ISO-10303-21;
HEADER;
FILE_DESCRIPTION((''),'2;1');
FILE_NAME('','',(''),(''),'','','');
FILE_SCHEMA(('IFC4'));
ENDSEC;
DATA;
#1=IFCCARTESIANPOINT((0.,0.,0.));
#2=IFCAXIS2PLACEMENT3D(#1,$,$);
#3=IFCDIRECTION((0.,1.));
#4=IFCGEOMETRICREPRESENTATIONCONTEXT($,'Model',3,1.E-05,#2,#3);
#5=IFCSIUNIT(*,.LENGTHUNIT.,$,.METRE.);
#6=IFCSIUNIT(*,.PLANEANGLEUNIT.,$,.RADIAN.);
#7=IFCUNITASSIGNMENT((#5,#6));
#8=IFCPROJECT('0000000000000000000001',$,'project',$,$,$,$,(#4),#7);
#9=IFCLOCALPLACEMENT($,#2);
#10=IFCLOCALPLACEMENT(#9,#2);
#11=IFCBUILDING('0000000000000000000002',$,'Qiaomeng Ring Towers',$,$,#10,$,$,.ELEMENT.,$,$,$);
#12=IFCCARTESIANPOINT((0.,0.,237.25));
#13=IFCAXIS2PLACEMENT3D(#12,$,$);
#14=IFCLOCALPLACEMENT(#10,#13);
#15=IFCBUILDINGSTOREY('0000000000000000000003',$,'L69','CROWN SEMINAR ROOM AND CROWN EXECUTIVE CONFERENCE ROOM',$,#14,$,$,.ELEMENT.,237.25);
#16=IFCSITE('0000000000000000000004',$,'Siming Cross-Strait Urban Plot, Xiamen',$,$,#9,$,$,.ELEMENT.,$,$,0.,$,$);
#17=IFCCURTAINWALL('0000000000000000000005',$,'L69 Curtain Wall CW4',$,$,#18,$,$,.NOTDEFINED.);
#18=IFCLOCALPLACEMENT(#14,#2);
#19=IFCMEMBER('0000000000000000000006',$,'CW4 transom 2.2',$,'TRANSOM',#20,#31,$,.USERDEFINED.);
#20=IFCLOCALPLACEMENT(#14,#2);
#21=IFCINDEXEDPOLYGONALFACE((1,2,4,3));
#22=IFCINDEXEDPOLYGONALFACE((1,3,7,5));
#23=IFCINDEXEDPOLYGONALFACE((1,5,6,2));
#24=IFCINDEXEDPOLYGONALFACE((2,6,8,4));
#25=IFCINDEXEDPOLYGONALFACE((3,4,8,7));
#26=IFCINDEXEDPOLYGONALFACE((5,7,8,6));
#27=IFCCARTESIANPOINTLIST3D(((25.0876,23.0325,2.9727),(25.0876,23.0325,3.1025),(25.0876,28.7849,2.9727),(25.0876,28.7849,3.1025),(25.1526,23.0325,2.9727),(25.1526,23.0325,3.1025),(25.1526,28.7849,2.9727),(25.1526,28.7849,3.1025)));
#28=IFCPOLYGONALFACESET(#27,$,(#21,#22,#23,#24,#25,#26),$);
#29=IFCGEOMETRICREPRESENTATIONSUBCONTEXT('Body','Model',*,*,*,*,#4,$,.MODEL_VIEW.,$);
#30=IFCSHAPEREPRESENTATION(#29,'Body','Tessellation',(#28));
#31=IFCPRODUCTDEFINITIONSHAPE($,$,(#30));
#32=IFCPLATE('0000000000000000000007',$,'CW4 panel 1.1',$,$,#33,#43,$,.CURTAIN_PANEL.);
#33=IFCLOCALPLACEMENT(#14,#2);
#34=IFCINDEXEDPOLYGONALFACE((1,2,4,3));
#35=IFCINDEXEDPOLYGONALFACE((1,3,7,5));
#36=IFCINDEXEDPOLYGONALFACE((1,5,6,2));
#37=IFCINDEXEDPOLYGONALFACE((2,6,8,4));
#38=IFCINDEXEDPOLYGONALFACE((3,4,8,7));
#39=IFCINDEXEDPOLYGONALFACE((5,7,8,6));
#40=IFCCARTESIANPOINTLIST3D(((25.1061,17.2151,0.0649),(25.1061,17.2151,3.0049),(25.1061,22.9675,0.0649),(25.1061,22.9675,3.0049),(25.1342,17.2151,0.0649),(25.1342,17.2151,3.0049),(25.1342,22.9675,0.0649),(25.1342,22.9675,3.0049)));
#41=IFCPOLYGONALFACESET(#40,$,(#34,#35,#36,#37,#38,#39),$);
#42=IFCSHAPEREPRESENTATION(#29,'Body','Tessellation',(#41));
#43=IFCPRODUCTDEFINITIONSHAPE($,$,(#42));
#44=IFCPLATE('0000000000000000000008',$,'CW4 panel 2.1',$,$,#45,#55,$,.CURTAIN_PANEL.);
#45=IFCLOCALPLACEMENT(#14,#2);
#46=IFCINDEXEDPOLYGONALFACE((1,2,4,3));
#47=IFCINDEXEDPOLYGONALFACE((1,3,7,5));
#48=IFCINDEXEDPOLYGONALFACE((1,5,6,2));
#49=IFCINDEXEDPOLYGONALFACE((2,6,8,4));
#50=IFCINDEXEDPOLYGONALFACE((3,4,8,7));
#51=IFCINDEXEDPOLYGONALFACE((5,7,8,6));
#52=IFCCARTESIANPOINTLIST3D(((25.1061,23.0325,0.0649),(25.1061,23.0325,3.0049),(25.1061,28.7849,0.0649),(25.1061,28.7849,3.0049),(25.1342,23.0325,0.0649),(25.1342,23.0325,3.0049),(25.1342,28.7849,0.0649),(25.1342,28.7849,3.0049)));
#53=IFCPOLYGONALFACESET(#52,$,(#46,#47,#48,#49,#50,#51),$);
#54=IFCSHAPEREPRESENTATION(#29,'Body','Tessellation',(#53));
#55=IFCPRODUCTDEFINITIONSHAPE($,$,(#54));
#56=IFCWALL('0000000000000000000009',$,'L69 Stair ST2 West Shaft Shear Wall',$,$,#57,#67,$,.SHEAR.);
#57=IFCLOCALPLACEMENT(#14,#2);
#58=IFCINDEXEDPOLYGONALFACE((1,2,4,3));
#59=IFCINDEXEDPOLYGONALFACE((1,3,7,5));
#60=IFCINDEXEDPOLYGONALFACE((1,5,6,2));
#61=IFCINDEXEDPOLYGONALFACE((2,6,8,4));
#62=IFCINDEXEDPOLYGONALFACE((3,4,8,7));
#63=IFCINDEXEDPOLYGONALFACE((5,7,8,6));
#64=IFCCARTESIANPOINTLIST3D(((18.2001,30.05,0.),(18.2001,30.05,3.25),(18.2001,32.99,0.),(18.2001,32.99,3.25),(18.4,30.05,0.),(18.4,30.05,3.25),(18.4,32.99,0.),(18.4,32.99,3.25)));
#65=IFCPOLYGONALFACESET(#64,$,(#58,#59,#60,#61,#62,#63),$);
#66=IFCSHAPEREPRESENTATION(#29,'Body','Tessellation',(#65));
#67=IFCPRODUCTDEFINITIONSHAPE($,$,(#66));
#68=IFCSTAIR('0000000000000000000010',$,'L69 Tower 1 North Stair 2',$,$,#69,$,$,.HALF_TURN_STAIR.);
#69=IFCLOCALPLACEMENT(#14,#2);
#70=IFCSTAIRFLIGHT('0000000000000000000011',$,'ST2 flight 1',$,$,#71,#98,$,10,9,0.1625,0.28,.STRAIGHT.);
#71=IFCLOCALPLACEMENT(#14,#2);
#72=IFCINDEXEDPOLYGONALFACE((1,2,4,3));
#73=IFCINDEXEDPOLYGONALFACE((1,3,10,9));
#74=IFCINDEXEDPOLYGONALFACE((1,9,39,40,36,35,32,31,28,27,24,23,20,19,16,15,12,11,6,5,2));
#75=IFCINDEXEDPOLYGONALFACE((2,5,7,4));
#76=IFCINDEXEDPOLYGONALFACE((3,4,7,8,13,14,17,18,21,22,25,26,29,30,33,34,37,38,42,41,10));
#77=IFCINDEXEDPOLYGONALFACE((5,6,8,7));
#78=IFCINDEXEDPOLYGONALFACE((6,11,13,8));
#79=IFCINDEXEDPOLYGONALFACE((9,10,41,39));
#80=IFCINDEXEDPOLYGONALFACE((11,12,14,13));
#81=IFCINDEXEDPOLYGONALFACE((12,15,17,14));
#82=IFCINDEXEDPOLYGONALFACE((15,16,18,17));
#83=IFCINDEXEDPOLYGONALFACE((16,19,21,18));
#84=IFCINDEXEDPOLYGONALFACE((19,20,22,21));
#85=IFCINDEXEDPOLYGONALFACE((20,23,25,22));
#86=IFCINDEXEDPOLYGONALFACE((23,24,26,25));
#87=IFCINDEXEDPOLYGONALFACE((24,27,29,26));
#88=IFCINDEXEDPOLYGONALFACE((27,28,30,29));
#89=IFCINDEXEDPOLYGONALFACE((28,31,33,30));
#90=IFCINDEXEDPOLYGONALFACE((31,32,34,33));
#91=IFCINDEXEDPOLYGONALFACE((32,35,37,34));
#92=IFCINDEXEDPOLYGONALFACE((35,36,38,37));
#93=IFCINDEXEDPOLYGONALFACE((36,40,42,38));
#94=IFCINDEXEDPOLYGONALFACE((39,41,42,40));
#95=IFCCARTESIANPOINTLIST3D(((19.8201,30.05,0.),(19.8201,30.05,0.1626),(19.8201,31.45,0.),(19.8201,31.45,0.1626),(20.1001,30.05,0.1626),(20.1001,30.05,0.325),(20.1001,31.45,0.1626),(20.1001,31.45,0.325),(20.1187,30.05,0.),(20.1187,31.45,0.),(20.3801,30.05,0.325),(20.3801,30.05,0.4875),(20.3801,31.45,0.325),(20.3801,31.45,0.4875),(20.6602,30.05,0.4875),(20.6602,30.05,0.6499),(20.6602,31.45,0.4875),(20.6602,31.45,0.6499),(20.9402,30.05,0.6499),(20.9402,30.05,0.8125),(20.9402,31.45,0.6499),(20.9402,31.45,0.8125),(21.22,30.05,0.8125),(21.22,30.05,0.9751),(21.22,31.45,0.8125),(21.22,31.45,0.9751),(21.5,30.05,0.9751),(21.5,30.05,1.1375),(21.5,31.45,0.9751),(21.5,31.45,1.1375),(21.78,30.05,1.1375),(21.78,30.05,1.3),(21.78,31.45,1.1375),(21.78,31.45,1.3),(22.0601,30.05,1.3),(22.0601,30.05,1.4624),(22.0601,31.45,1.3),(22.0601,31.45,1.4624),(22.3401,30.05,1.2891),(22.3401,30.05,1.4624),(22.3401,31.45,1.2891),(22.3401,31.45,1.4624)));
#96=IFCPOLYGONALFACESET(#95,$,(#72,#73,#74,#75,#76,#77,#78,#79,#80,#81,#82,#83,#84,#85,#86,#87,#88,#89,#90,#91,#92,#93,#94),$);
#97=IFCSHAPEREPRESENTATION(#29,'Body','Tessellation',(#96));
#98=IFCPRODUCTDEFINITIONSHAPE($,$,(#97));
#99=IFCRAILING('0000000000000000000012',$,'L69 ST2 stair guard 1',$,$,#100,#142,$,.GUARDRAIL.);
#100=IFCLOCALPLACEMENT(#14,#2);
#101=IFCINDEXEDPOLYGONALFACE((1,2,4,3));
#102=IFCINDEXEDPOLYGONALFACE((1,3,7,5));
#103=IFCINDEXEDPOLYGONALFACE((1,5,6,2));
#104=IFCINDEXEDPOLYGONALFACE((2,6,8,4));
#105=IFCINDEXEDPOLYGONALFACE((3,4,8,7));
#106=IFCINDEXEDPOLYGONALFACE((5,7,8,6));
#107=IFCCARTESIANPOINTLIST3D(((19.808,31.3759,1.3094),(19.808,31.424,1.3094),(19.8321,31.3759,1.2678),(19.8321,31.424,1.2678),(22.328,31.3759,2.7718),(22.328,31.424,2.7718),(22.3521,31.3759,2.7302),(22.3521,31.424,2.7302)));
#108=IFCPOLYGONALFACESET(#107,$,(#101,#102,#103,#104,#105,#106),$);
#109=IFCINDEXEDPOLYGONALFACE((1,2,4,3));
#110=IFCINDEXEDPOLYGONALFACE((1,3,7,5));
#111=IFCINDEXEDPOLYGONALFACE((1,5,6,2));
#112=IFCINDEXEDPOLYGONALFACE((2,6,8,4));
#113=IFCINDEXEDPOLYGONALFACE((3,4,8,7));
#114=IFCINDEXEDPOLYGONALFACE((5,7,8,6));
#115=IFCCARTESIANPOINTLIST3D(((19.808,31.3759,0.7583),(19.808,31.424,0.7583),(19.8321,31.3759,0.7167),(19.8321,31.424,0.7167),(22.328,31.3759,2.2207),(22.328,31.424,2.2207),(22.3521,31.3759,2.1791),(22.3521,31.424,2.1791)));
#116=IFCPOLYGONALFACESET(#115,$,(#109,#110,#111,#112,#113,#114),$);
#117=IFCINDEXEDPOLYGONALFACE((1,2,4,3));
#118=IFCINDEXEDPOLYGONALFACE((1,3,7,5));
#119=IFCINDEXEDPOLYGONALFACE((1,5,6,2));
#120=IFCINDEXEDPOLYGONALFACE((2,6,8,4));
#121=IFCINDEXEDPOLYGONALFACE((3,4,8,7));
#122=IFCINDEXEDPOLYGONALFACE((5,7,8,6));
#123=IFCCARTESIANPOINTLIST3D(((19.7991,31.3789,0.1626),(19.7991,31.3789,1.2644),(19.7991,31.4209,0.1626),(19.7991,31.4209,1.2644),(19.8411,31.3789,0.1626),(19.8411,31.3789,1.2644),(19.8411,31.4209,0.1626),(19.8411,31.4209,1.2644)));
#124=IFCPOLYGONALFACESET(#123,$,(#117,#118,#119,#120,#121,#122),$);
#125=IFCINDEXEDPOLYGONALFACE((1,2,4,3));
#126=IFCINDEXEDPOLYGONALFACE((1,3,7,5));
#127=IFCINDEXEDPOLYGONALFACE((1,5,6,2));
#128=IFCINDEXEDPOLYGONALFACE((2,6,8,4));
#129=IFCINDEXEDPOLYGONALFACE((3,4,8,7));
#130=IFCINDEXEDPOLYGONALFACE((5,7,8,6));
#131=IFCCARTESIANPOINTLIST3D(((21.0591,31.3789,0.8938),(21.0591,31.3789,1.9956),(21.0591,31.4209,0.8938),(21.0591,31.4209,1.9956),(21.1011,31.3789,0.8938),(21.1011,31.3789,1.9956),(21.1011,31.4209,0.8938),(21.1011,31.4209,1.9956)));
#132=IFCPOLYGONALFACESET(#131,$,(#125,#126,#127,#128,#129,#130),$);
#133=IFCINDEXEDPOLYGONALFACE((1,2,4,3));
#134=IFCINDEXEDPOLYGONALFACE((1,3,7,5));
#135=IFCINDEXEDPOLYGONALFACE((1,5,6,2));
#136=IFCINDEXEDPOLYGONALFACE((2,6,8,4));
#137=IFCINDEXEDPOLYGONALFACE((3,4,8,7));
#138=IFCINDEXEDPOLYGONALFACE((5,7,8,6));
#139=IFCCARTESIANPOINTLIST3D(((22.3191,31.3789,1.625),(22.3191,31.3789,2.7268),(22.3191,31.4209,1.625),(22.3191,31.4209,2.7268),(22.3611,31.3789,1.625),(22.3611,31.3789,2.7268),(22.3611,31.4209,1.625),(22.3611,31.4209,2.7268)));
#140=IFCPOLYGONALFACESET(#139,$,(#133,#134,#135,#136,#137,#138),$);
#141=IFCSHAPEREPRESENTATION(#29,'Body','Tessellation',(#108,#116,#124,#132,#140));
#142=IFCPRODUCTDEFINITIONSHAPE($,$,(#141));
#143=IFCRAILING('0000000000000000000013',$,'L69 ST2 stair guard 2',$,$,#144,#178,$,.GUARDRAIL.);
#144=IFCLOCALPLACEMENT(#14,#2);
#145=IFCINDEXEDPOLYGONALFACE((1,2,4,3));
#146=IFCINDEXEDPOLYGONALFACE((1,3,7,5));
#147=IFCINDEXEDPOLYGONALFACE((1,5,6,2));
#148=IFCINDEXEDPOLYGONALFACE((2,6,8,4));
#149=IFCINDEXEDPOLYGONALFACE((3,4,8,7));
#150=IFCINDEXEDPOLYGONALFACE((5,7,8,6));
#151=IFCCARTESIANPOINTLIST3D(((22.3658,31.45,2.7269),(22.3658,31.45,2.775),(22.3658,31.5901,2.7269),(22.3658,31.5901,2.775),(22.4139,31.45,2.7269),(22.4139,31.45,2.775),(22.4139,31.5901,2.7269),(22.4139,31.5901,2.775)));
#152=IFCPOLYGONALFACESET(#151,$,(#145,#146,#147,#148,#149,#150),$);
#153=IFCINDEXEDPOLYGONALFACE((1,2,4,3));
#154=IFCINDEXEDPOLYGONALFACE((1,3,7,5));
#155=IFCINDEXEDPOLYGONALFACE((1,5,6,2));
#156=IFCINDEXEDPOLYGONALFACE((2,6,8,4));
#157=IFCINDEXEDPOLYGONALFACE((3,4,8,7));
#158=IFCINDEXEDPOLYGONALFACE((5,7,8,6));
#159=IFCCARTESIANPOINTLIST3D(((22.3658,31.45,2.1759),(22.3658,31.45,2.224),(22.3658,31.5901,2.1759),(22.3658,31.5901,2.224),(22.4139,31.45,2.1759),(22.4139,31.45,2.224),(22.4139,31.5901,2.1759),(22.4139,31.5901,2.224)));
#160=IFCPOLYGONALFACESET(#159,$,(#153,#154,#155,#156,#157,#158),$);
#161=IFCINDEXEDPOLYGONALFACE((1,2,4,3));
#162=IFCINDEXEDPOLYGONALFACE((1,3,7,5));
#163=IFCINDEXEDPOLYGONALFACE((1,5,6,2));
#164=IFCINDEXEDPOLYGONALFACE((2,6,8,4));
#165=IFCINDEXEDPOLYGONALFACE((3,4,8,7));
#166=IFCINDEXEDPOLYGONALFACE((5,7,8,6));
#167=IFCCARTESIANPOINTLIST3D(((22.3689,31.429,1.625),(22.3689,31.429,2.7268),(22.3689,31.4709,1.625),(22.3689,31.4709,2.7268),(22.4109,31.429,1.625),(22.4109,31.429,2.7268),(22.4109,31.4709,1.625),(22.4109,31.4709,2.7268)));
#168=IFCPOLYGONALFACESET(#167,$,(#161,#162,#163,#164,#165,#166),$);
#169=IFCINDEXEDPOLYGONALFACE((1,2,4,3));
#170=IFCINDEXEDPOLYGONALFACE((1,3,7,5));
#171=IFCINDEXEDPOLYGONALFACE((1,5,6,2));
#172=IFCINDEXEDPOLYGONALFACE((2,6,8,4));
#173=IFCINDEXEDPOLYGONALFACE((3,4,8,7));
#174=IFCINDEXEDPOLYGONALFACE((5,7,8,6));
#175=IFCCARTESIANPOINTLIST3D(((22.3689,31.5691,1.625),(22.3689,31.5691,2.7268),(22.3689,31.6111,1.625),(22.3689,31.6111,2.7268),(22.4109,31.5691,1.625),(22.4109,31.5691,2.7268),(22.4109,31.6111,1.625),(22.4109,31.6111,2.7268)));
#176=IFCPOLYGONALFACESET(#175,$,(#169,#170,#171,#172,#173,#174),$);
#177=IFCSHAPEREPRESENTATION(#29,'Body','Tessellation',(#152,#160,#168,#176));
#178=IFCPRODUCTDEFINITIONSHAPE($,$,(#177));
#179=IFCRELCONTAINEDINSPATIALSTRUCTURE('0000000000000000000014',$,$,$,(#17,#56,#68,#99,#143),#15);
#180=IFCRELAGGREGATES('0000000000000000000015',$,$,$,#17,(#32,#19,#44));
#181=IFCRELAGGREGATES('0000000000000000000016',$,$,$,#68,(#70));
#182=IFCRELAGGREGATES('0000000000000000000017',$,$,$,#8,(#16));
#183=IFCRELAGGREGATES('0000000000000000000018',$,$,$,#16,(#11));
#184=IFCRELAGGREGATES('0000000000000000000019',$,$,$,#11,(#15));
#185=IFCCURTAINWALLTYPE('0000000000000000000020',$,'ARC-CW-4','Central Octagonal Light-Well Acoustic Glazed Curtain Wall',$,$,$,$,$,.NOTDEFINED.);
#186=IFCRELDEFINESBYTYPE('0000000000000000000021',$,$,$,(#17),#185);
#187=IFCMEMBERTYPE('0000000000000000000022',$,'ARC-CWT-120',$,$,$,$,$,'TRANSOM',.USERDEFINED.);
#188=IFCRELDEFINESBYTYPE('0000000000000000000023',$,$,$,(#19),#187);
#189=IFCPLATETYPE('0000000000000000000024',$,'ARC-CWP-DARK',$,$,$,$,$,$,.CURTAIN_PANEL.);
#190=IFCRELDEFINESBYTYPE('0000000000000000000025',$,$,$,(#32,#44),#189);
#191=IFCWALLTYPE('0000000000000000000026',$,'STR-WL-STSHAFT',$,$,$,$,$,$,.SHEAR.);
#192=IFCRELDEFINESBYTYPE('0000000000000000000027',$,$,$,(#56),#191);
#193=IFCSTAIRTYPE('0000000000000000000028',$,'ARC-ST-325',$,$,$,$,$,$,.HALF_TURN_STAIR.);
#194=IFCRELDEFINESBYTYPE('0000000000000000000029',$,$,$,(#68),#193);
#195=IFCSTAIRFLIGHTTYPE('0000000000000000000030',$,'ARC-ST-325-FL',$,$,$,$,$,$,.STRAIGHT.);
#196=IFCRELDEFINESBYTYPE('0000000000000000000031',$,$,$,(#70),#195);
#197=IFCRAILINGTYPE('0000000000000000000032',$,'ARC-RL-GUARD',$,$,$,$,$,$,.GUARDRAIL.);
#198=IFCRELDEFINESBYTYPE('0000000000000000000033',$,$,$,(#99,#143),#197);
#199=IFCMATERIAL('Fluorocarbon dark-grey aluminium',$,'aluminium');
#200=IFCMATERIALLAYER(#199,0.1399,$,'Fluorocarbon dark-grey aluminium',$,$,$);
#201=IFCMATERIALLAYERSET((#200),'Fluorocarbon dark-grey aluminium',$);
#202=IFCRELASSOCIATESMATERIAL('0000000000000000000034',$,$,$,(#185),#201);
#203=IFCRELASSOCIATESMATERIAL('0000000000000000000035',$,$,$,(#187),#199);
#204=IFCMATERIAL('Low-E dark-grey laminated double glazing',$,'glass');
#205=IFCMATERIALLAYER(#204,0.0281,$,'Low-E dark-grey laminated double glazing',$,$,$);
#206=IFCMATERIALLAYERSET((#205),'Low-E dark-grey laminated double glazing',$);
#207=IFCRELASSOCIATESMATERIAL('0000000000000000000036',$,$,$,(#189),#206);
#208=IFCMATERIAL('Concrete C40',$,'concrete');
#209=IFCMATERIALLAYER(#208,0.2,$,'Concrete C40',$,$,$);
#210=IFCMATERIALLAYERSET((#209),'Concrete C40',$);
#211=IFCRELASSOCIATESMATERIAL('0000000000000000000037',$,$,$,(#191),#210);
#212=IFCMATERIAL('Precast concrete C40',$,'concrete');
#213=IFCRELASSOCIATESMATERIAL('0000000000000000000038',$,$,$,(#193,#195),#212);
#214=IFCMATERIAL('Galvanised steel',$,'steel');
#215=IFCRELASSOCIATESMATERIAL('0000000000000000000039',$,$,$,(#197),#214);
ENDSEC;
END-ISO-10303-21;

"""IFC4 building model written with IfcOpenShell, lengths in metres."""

from ifc_helpers import new_model, si_unit, direction, frame, frame_2d, origin, origin_2d, place, context, subcontext, project, spatial, polyline, rectangle, outline, extrude, source, transform, mapped, material, layer, layer_set, material_profile, profile_set, type_object, element, aggregate, save


model = new_model("IFC4")

# Units and contexts
model_context = context("Model", 3, precision=1e-05, world=origin(), true_north=direction((0.0, 1.0)))
body_context = subcontext(model_context, "Body", "Model", "MODEL_VIEW")
ifc_project = project(units=[si_unit("LENGTHUNIT", "METRE"), si_unit("PLANEANGLEUNIT", "RADIAN")], contexts=[model_context])

# Site, building, storey
site_placement = place(None, origin())
site = spatial("IfcSite", under=ifc_project, at=site_placement, Name="Siming Cross-Strait Urban Plot, Xiamen", CompositionType="ELEMENT", RefElevation=0.0)
building_placement = place(site_placement, origin())
building = spatial("IfcBuilding", under=site, at=building_placement, Name="Qiaomeng Ring Towers", CompositionType="ELEMENT")
storey_placement = place(building_placement, frame((0.0, 0.0, 237.25)))
storey = spatial("IfcBuildingStorey", under=building, at=storey_placement, Name="L69", Description="CROWN SEMINAR ROOM AND CROWN EXECUTIVE CONFERENCE ROOM", CompositionType="ELEMENT", Elevation=237.25)

# Curtain wall, member, plates
ifc_material_1 = material(Name="Fluorocarbon dark-grey aluminium", Category="aluminium")
ifc_layer_1 = layer(ifc_material_1, 0.1399, Name="Fluorocarbon dark-grey aluminium")
ifc_layer_set_1 = layer_set([ifc_layer_1], Name="Fluorocarbon dark-grey aluminium")
curtain_wall_type = type_object("IfcCurtainWallType", Name="ARC-CW-4", Description="Central Octagonal Light-Well Acoustic Glazed Curtain Wall", PredefinedType="NOTDEFINED", material=ifc_layer_set_1)
curtain_wall_placement = place(storey_placement, origin())
curtain_wall = element("IfcCurtainWall", 1, at=curtain_wall_placement, inside=storey, type_object=curtain_wall_type, Name="L69 Curtain Wall CW4", PredefinedType="NOTDEFINED")
ifc_material_profile_1 = material_profile(ifc_material_1, rectangle(XDim=0.0649, YDim=0.1299, at=origin_2d()), Name="ALU TRAN 65x130")
ifc_profile_set_1 = profile_set([ifc_material_profile_1], Name="Fluorocarbon dark-grey aluminium")
member_type_1 = type_object("IfcMemberType", Name="ARC-CWT-120", ElementType="TRANSOM", PredefinedType="USERDEFINED", material=ifc_profile_set_1)
shared_shape_1 = source(origin(), body_context, "Body", "SweptSolid", [
    extrude(rectangle(XDim=0.0649, YDim=0.1299, at=origin_2d()), origin(), (0.0, 0.0, 1.0), 5.7524),
])
member_1_placement = place(storey_placement, frame((25.1201, 23.0325, 3.0376), z_axis=(0.0, 1.0, 0.0), x_axis=(-1.0, 0.0, 0.0)))
member_1 = element("IfcMember", 2, at=member_1_placement, type_object=member_type_1, Name="CW4 transom 2.2", ObjectType="TRANSOM", PredefinedType="USERDEFINED", context=body_context, shape_type="MappedRepresentation", body=[
    mapped(shared_shape_1, transform((0.0, 0.0, 0.0), x_axis=(1.0, 0.0, 0.0), y_axis=(0.0, 1.0, 0.0), z_axis=(0.0, 0.0, 1.0), scale=1.0)),
])
ifc_material_2 = material(Name="Low-E dark-grey laminated double glazing", Category="glass")
ifc_layer_2 = layer(ifc_material_2, 0.0281, Name="Low-E dark-grey laminated double glazing")
ifc_layer_set_2 = layer_set([ifc_layer_2], Name="Low-E dark-grey laminated double glazing")
plate_type = type_object("IfcPlateType", Name="ARC-CWP-DARK", PredefinedType="CURTAIN_PANEL", material=ifc_layer_set_2)
shared_shape_2 = source(origin(), body_context, "Body", "SweptSolid", [
    extrude(rectangle(XDim=5.7524, YDim=0.0281, at=origin_2d()), origin(), (0.0, 0.0, 1.0), 2.9399),
])
plate_1_placement = place(storey_placement, frame((25.1201, 20.0913, 0.0649), z_axis=(0.0, 0.0, 1.0), x_axis=(0.0, 1.0, 0.0)))
plate_1 = element("IfcPlate", 3, at=plate_1_placement, type_object=plate_type, Name="CW4 panel 1.1", PredefinedType="CURTAIN_PANEL", context=body_context, shape_type="MappedRepresentation", body=[
    mapped(shared_shape_2, transform((0.0, 0.0, 0.0), x_axis=(1.0, 0.0, 0.0), y_axis=(0.0, 1.0, 0.0), z_axis=(0.0, 0.0, 1.0), scale=1.0)),
])
plate_2_placement = place(storey_placement, frame((25.1201, 25.9087, 0.0649), z_axis=(0.0, 0.0, 1.0), x_axis=(0.0, 1.0, 0.0)))
plate_2 = element("IfcPlate", 4, at=plate_2_placement, type_object=plate_type, Name="CW4 panel 2.1", PredefinedType="CURTAIN_PANEL", context=body_context, shape_type="MappedRepresentation", body=[
    mapped(shared_shape_2, transform((0.0, 0.0, 0.0), x_axis=(1.0, 0.0, 0.0), y_axis=(0.0, 1.0, 0.0), z_axis=(0.0, 0.0, 1.0), scale=1.0)),
])
aggregate(curtain_wall, [plate_1, member_1, plate_2])

# Wall
ifc_material_3 = material(Name="Concrete C40", Category="concrete")
ifc_layer_3 = layer(ifc_material_3, 0.2, Name="Concrete C40")
ifc_layer_set_3 = layer_set([ifc_layer_3], Name="Concrete C40")
wall_type = type_object("IfcWallType", Name="STR-WL-STSHAFT", PredefinedType="SHEAR", material=ifc_layer_set_3)
wall_placement = place(storey_placement, frame((18.3, 30.05, 0.0), z_axis=(0.0, 0.0, 1.0), x_axis=(0.0, 1.0, 0.0)))
element("IfcWall", 5, at=wall_placement, inside=storey, type_object=wall_type, Name="L69 Stair ST2 West Shaft Shear Wall", PredefinedType="SHEAR", context=body_context, shape_type="SweptSolid", body=[
    extrude(rectangle(XDim=2.9399, YDim=0.2, at=frame_2d((1.47, 0.0))), origin(), (0.0, 0.0, 1.0), 3.25),
])

# Stair, stair flight
ifc_material_4 = material(Name="Precast concrete C40", Category="concrete")
stair_type = type_object("IfcStairType", Name="ARC-ST-325", PredefinedType="HALF_TURN_STAIR", material=ifc_material_4)
stair_placement = place(storey_placement, origin())
stair = element("IfcStair", 6, at=stair_placement, inside=storey, type_object=stair_type, Name="L69 Tower 1 North Stair 2", PredefinedType="HALF_TURN_STAIR")
stair_flight_type = type_object("IfcStairFlightType", Name="ARC-ST-325-FL", PredefinedType="STRAIGHT", material=ifc_material_4)
shared_shape_3 = source(origin(), body_context, "Body", "SweptSolid", [
    extrude(outline(polyline([(0.0, 0.0), (0.0, 0.1626), (0.28, 0.1626), (0.28, 0.325), (0.5601, 0.325), (0.5601, 0.4875), (0.8401, 0.4875), (0.8401, 0.6499), (1.1201, 0.6499), (1.1201, 0.8125), (1.3999, 0.8125), (1.3999, 0.9751), (1.6799, 0.9751), (1.6799, 1.1375), (1.96, 1.1375), (1.96, 1.3), (2.24, 1.3), (2.24, 1.4624), (2.52, 1.4624), (2.52, 1.625), (2.52, 1.2891), (0.2986, 0.0), (0.0, 0.0)])), frame((0.0, 0.7, 0.0), z_axis=(0.0, -1.0, 0.0), x_axis=(1.0, 0.0, 0.0)), (0.0, 0.0, 1.0), 1.3999),
])
stair_flight_placement = place(storey_placement, frame((19.8201, 30.75, 0.0), z_axis=(0.0, 0.0, 1.0), x_axis=(1.0, 0.0, 0.0)))
stair_flight = element("IfcStairFlight", 7, at=stair_flight_placement, type_object=stair_flight_type, Name="ST2 flight 1", NumberOfRisers=10, NumberOfTreads=9, PredefinedType="STRAIGHT", RiserHeight=0.1625, TreadLength=0.28, context=body_context, shape_type="MappedRepresentation", body=[
    mapped(shared_shape_3, transform((0.0, 0.0, 0.0), x_axis=(1.0, 0.0, 0.0), y_axis=(0.0, 1.0, 0.0), z_axis=(0.0, 0.0, 1.0), scale=1.0)),
])
aggregate(stair, [stair_flight])

# Railings
ifc_material_5 = material(Name="Galvanised steel", Category="steel")
railing_type_1 = type_object("IfcRailingType", Name="ARC-RL-GUARD", PredefinedType="GUARDRAIL", material=ifc_material_5)
railing_1_placement = place(storey_placement, frame((19.8201, 31.3999, 0.1626)))
element("IfcRailing", 8, at=railing_1_placement, inside=storey, type_object=railing_type_1, Name="L69 ST2 stair guard 1", PredefinedType="GUARDRAIL", context=body_context, shape_type="SweptSolid", body=[
    extrude(rectangle(XDim=0.0481, YDim=0.0481, at=origin_2d()), frame((0.0, 0.0, 1.126), z_axis=(0.864913, 0.0, 0.501921), x_axis=(0.0, 1.0, 0.0)), (0.0, 0.0, 1.0), 2.9136),
    extrude(rectangle(XDim=0.0481, YDim=0.0481, at=origin_2d()), frame((0.0, 0.0, 0.575), z_axis=(0.864913, 0.0, 0.501921), x_axis=(0.0, 1.0, 0.0)), (0.0, 0.0, 1.0), 2.9136),
    extrude(rectangle(XDim=0.042, YDim=0.042, at=origin_2d()), origin(), (0.0, 0.0, 1.0), 1.1018),
    extrude(rectangle(XDim=0.042, YDim=0.042, at=origin_2d()), frame((1.26, 0.0, 0.7312)), (0.0, 0.0, 1.0), 1.1018),
    extrude(rectangle(XDim=0.042, YDim=0.042, at=origin_2d()), frame((2.52, 0.0, 1.4624)), (0.0, 0.0, 1.0), 1.1018),
])
for number, where, name in (
    (9, (22.3899, 31.45, 1.625), "L69 ST2 stair guard 2"),
):
    element("IfcRailing", number, at=place(storey_placement, frame(where)), inside=storey, type_object=railing_type_1, Name=name, PredefinedType="GUARDRAIL", context=body_context, shape_type="SweptSolid", body=[
        extrude(rectangle(XDim=0.0481, YDim=0.0481, at=origin_2d()), frame((0.0, 0.0, 1.126), z_axis=(0.0, 1.0, 0.0), x_axis=(-1.0, 0.0, 0.0)), (0.0, 0.0, 1.0), 0.1401),
        extrude(rectangle(XDim=0.0481, YDim=0.0481, at=origin_2d()), frame((0.0, 0.0, 0.575), z_axis=(0.0, 1.0, 0.0), x_axis=(-1.0, 0.0, 0.0)), (0.0, 0.0, 1.0), 0.1401),
        extrude(rectangle(XDim=0.042, YDim=0.042, at=origin_2d()), origin(), (0.0, 0.0, 1.0), 1.1018),
        extrude(rectangle(XDim=0.042, YDim=0.042, at=origin_2d()), frame((0.0, 0.1401, 0.0)), (0.0, 0.0, 1.0), 1.1018),
    ])

save(model, "model.ifc")
